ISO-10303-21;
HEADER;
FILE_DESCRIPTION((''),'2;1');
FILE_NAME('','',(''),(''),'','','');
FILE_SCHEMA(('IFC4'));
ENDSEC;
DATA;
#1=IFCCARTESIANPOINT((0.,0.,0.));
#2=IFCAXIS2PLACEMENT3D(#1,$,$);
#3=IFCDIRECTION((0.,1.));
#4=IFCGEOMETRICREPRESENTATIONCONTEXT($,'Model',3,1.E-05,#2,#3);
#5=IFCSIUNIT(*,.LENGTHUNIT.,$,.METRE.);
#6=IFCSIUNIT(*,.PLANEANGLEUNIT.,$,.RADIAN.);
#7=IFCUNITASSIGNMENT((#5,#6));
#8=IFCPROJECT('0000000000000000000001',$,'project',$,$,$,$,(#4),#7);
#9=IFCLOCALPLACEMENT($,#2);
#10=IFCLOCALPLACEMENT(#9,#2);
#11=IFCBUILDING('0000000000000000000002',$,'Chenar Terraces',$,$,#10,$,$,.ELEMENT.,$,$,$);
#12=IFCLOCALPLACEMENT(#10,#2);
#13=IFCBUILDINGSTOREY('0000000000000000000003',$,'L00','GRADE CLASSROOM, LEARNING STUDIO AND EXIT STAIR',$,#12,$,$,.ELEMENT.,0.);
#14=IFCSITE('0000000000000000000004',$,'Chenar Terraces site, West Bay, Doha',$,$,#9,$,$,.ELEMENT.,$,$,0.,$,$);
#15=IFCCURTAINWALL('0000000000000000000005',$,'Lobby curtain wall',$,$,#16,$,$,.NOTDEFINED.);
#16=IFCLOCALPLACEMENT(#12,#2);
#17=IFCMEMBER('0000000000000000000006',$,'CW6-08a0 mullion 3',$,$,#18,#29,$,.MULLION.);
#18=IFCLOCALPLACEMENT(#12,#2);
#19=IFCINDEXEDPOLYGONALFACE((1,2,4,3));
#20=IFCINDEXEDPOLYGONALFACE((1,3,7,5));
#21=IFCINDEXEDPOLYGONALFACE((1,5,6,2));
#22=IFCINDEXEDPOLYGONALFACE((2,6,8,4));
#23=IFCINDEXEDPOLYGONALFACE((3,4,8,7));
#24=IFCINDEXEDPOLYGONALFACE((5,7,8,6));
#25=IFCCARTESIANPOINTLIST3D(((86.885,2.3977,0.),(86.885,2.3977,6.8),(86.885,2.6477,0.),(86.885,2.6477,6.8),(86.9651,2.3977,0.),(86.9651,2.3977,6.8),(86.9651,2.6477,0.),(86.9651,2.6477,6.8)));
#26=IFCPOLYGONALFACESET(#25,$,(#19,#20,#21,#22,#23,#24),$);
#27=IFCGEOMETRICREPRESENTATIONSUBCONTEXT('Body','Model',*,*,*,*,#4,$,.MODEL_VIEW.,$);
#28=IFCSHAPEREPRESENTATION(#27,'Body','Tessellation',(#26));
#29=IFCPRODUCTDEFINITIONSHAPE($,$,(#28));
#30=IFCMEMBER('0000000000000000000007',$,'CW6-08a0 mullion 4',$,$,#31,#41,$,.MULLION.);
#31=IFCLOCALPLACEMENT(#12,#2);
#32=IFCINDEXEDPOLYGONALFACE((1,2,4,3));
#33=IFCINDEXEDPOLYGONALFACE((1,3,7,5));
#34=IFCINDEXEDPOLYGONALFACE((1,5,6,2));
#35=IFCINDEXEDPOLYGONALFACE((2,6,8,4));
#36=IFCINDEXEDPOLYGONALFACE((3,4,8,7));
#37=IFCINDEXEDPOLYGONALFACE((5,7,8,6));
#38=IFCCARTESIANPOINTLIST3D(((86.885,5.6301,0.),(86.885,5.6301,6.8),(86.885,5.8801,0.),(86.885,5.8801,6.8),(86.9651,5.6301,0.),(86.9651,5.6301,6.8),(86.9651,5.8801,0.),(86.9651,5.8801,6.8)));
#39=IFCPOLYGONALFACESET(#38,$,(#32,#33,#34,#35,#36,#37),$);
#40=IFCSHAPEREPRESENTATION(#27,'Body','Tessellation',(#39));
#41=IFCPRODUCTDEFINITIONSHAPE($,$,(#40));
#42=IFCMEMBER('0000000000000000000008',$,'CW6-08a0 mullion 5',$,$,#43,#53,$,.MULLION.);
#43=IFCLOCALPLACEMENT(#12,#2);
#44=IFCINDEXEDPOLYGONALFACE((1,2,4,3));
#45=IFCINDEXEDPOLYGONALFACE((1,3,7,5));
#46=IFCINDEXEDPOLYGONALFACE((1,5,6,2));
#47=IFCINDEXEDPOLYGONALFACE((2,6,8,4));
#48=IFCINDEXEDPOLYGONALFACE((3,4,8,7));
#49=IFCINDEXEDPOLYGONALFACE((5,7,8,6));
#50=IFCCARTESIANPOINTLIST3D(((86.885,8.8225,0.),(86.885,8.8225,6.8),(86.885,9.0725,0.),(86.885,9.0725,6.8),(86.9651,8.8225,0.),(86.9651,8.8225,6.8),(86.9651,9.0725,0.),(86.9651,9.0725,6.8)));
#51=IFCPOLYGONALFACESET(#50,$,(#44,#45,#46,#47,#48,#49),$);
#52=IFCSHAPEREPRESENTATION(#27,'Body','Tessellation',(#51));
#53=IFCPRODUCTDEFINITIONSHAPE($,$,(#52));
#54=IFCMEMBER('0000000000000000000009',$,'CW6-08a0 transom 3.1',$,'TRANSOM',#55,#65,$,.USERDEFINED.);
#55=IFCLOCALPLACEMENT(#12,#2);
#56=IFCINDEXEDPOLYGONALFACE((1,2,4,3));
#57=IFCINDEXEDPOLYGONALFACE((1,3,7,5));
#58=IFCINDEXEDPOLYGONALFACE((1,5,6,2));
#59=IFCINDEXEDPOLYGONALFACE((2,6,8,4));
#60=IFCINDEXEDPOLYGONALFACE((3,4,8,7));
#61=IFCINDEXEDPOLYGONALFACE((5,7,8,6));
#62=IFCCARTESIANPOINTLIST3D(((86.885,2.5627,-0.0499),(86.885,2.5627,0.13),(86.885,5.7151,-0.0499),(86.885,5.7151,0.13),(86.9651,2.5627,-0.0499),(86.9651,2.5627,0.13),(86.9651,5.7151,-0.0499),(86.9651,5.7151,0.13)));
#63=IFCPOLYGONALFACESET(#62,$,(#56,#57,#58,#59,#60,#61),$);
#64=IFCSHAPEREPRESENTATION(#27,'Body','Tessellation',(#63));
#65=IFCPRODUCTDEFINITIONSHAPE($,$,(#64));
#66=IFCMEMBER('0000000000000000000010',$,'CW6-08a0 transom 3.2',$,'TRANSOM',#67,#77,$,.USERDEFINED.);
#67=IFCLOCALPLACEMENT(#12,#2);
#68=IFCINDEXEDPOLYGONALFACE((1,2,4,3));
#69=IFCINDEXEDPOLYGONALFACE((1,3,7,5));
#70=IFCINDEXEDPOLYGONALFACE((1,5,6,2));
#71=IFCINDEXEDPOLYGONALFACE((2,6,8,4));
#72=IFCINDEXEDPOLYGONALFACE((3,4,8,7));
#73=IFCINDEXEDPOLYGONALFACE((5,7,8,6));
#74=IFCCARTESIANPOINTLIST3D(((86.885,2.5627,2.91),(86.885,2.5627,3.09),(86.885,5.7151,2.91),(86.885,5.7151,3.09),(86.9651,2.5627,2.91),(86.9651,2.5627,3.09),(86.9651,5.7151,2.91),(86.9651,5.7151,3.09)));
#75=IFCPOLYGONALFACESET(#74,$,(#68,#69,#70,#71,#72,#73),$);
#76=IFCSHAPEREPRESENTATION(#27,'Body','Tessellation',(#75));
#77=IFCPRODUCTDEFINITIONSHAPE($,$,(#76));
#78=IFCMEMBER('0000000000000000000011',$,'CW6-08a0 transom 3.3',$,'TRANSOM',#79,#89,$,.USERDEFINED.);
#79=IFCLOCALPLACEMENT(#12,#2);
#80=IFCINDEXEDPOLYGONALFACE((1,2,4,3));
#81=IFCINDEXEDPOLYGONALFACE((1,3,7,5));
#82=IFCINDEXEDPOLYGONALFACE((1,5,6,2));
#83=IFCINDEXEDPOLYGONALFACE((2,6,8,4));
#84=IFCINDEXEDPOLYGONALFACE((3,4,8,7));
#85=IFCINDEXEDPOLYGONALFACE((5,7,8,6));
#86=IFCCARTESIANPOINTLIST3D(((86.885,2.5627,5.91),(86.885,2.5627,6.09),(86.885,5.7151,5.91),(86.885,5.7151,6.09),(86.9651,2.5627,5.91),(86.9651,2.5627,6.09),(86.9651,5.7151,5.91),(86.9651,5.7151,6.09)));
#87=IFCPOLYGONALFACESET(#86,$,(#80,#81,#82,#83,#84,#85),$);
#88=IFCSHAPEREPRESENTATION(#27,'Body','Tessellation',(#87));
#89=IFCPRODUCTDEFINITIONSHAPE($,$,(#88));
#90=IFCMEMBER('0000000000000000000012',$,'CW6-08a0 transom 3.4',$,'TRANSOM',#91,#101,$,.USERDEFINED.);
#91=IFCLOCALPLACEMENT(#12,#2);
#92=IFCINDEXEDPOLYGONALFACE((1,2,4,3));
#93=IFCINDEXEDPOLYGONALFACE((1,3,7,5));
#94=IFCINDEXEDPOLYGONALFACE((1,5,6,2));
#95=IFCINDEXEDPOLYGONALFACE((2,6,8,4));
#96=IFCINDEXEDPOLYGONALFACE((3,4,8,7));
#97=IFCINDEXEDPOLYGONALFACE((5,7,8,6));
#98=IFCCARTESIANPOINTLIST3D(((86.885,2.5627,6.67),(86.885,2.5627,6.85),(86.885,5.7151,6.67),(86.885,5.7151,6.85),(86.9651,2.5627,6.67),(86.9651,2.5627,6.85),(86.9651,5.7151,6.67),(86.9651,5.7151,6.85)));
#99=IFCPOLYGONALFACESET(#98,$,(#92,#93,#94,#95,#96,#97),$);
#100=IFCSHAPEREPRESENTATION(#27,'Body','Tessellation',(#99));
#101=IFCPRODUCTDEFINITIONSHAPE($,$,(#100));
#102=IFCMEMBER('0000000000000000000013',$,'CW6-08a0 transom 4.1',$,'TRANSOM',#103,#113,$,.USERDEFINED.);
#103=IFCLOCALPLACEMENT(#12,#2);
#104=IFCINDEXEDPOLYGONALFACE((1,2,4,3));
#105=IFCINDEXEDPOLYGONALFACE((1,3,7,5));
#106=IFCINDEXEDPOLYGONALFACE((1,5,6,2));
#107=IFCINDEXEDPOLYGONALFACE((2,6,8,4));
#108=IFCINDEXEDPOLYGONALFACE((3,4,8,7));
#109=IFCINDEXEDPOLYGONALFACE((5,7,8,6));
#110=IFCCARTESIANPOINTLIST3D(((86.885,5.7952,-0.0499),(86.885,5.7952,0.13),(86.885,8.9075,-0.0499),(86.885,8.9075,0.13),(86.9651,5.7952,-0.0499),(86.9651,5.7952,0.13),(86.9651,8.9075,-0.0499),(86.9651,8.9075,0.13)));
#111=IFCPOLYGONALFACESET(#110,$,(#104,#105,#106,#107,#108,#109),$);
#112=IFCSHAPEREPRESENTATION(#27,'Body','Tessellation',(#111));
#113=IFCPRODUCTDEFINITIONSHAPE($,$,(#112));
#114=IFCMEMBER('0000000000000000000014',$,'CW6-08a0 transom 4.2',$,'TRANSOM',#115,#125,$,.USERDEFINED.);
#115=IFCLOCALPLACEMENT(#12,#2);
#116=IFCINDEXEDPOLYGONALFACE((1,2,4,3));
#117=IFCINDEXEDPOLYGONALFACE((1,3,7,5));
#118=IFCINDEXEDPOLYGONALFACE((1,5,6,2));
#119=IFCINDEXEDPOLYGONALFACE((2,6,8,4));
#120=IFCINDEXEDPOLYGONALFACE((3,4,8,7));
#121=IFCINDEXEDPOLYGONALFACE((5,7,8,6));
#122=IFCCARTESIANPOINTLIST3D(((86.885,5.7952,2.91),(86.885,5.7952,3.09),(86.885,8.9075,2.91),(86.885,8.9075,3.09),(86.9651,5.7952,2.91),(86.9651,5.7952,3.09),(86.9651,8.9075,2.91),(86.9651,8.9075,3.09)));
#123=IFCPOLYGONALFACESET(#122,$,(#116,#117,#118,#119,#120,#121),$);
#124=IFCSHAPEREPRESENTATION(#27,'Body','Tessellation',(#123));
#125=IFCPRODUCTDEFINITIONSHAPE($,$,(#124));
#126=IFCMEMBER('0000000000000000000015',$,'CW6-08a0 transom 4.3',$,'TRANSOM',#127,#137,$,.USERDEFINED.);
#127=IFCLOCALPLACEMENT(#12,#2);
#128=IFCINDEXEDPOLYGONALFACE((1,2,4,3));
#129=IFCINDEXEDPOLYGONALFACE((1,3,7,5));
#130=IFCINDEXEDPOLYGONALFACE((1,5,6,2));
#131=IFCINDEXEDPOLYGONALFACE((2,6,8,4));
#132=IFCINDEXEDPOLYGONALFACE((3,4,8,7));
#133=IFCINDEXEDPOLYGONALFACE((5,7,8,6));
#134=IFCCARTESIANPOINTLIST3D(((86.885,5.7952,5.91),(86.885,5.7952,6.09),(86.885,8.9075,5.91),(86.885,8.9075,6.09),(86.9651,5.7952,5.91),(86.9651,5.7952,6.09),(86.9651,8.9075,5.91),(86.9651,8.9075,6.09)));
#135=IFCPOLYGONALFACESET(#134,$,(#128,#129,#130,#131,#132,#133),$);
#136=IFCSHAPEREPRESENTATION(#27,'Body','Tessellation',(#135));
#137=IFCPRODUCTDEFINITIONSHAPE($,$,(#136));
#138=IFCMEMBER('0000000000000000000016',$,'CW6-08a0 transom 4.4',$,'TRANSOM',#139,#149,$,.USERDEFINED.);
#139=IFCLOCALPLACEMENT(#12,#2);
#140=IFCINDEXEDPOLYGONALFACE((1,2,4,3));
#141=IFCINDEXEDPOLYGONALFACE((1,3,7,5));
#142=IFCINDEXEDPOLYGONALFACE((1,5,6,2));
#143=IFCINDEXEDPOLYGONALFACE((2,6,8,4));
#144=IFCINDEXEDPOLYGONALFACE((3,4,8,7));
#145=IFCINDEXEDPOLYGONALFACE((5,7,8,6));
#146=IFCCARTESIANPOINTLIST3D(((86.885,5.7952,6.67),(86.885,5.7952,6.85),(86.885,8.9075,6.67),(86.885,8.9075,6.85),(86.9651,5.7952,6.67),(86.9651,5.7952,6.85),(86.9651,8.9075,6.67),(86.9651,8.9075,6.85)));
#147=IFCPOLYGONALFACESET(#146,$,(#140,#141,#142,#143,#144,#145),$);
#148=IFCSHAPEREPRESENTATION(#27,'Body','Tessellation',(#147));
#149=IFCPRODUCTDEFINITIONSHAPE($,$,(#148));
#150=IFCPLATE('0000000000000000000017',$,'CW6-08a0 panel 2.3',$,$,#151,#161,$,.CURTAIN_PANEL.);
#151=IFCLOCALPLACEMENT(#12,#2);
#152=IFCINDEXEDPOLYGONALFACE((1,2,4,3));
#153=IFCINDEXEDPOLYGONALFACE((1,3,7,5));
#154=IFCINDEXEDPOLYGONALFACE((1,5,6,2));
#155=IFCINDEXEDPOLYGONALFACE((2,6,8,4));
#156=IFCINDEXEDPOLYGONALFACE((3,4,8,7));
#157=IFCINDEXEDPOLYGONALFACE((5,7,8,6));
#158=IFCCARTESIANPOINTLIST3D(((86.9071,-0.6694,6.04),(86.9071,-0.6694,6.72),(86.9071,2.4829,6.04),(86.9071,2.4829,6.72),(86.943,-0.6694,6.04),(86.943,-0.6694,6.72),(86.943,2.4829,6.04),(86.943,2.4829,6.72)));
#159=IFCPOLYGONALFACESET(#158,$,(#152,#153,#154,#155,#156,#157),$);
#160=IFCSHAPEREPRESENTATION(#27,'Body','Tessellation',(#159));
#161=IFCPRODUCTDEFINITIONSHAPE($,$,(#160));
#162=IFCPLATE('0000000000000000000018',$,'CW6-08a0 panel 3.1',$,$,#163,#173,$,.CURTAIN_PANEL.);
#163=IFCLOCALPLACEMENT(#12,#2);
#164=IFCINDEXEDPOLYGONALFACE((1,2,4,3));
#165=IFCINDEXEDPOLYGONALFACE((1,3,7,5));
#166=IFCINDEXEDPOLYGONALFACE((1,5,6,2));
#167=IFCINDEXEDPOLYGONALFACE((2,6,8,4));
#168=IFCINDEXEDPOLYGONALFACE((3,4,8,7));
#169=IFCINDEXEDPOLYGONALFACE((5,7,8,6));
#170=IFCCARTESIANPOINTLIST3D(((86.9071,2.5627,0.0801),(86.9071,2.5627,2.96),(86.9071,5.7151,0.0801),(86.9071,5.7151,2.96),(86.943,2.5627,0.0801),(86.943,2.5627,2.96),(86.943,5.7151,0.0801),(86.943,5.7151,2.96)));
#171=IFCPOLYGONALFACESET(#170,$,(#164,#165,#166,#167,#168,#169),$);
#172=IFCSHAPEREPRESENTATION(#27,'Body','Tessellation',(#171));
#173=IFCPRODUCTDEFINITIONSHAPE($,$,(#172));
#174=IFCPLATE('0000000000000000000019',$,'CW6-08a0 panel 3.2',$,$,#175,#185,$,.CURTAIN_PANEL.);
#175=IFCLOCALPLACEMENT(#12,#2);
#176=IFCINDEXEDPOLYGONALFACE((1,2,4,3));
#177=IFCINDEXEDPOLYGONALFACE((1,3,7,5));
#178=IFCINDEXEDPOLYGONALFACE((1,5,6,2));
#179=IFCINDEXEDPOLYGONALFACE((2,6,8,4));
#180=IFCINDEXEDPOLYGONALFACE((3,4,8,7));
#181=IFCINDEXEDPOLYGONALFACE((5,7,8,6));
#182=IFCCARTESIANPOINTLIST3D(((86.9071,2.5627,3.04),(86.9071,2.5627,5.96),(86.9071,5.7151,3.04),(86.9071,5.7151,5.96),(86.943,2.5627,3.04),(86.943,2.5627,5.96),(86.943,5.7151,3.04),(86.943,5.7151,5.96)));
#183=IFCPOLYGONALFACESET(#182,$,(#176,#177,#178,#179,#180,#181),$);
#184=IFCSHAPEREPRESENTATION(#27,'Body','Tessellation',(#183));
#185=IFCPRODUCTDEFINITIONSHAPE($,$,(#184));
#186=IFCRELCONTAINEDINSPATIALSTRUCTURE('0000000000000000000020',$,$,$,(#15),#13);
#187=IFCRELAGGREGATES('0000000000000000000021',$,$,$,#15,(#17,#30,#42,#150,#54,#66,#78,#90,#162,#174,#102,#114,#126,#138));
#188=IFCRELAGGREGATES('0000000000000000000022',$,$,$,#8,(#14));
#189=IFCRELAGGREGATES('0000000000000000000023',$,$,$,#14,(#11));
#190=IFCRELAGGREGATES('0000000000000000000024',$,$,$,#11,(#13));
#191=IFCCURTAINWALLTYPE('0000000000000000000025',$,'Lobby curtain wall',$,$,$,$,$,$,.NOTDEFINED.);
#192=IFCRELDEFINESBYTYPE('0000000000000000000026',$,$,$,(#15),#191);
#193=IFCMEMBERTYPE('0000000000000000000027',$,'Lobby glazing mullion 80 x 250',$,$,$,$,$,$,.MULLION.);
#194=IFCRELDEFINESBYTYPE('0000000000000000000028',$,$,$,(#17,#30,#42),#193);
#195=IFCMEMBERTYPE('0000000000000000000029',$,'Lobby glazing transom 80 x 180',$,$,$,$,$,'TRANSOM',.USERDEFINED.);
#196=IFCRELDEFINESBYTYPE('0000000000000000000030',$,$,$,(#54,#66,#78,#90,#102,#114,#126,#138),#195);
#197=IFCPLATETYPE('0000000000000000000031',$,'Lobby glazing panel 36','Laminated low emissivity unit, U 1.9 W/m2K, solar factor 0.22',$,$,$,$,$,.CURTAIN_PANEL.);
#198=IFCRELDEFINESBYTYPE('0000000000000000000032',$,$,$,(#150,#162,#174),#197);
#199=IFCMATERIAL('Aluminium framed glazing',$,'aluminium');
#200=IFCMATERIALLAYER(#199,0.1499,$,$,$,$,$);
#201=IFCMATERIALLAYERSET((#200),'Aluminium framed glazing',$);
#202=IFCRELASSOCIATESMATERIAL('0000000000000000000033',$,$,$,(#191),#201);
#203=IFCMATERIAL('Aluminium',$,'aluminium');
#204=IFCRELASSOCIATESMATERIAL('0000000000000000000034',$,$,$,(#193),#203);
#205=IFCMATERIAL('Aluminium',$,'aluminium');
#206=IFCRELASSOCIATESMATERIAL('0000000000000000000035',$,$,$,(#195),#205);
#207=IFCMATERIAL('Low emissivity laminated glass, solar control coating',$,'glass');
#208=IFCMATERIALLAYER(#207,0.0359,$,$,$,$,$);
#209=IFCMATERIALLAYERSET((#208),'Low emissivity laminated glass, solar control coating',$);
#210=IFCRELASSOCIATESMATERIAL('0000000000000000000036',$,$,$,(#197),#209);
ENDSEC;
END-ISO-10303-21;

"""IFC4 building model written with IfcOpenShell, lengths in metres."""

from ifc_helpers import new_model, si_unit, direction, frame, origin, origin_2d, place, context, subcontext, project, spatial, rectangle, extrude, material, layer, layer_set, material_profile, profile_set, type_object, element, aggregate, save


model = new_model("IFC4")

# Units and contexts
model_context = context("Model", 3, precision=1e-05, world=origin(), true_north=direction((0.0, 1.0)))
body_context = subcontext(model_context, "Body", "Model", "MODEL_VIEW")
ifc_project = project(units=[si_unit("LENGTHUNIT", "METRE"), si_unit("PLANEANGLEUNIT", "RADIAN")], contexts=[model_context])

# Site, building, storey
site_placement = place(None, origin())
site = spatial("IfcSite", under=ifc_project, at=site_placement, Name="Chenar Terraces site, West Bay, Doha", CompositionType="ELEMENT", RefElevation=0.0)
building_placement = place(site_placement, origin())
building = spatial("IfcBuilding", under=site, at=building_placement, Name="Chenar Terraces", CompositionType="ELEMENT")
storey_placement = place(building_placement, origin())
storey = spatial("IfcBuildingStorey", under=building, at=storey_placement, Name="L00", Description="GRADE CLASSROOM, LEARNING STUDIO AND EXIT STAIR", CompositionType="ELEMENT", Elevation=0.0)

# Curtain wall, members, plates
ifc_material_1 = material(Name="Aluminium framed glazing", Category="aluminium")
ifc_layer_1 = layer(ifc_material_1, 0.1499)
ifc_layer_set_1 = layer_set([ifc_layer_1], Name="Aluminium framed glazing")
curtain_wall_type = type_object("IfcCurtainWallType", Name="Lobby curtain wall", PredefinedType="NOTDEFINED", material=ifc_layer_set_1)
curtain_wall_placement = place(storey_placement, origin())
curtain_wall = element("IfcCurtainWall", 1, at=curtain_wall_placement, inside=storey, type_object=curtain_wall_type, Name="Lobby curtain wall", PredefinedType="NOTDEFINED")
ifc_material_2 = material(Name="Aluminium", Category="aluminium")
ifc_material_profile_1 = material_profile(ifc_material_2, rectangle(XDim=0.0801, YDim=0.25, at=origin_2d()), Name="Lobby glazing mullion 80 x 250")
ifc_profile_set_1 = profile_set([ifc_material_profile_1], Name="Aluminium")
member_type_1 = type_object("IfcMemberType", Name="Lobby glazing mullion 80 x 250", PredefinedType="MULLION", material=ifc_profile_set_1)
member_1_placement = place(storey_placement, frame((86.925, 2.5227, 0.0), z_axis=(0.0, 0.0, 1.0), x_axis=(-1.0, 0.0, 0.0)))
member_1 = element("IfcMember", 2, at=member_1_placement, type_object=member_type_1, Name="CW6-08a0 mullion 3", PredefinedType="MULLION", context=body_context, shape_type="SweptSolid", body=[
    extrude(rectangle(XDim=0.0801, YDim=0.25, at=origin_2d()), origin(), (0.0, 0.0, 1.0), 6.8),
])
member_2_placement = place(storey_placement, frame((86.925, 5.7551, 0.0), z_axis=(0.0, 0.0, 1.0), x_axis=(-1.0, 0.0, 0.0)))
member_2 = element("IfcMember", 3, at=member_2_placement, type_object=member_type_1, Name="CW6-08a0 mullion 4", PredefinedType="MULLION", context=body_context, shape_type="SweptSolid", body=[
    extrude(rectangle(XDim=0.0801, YDim=0.25, at=origin_2d()), origin(), (0.0, 0.0, 1.0), 6.8),
])
member_3_placement = place(storey_placement, frame((86.925, 8.9475, 0.0), z_axis=(0.0, 0.0, 1.0), x_axis=(-1.0, 0.0, 0.0)))
member_3 = element("IfcMember", 4, at=member_3_placement, type_object=member_type_1, Name="CW6-08a0 mullion 5", PredefinedType="MULLION", context=body_context, shape_type="SweptSolid", body=[
    extrude(rectangle(XDim=0.0801, YDim=0.25, at=origin_2d()), origin(), (0.0, 0.0, 1.0), 6.8),
])
ifc_material_3 = material(Name="Aluminium", Category="aluminium")
ifc_material_profile_2 = material_profile(ifc_material_3, rectangle(XDim=0.0801, YDim=0.1799, at=origin_2d()), Name="Lobby glazing transom 80 x 180")
ifc_profile_set_2 = profile_set([ifc_material_profile_2], Name="Aluminium")
member_type_2 = type_object("IfcMemberType", Name="Lobby glazing transom 80 x 180", ElementType="TRANSOM", PredefinedType="USERDEFINED", material=ifc_profile_set_2)
member_4_placement = place(storey_placement, frame((86.925, 2.5627, 0.04), z_axis=(0.0, 1.0, 0.0), x_axis=(-1.0, 0.0, 0.0)))
member_4 = element("IfcMember", 5, at=member_4_placement, type_object=member_type_2, Name="CW6-08a0 transom 3.1", ObjectType="TRANSOM", PredefinedType="USERDEFINED", context=body_context, shape_type="SweptSolid", body=[
    extrude(rectangle(XDim=0.0801, YDim=0.1799, at=origin_2d()), origin(), (0.0, 0.0, 1.0), 3.1523),
])
member_5_placement = place(storey_placement, frame((86.925, 2.5627, 3.0), z_axis=(0.0, 1.0, 0.0), x_axis=(-1.0, 0.0, 0.0)))
member_5 = element("IfcMember", 6, at=member_5_placement, type_object=member_type_2, Name="CW6-08a0 transom 3.2", ObjectType="TRANSOM", PredefinedType="USERDEFINED", context=body_context, shape_type="SweptSolid", body=[
    extrude(rectangle(XDim=0.0801, YDim=0.1799, at=origin_2d()), origin(), (0.0, 0.0, 1.0), 3.1523),
])
member_6_placement = place(storey_placement, frame((86.925, 2.5627, 6.0), z_axis=(0.0, 1.0, 0.0), x_axis=(-1.0, 0.0, 0.0)))
member_6 = element("IfcMember", 7, at=member_6_placement, type_object=member_type_2, Name="CW6-08a0 transom 3.3", ObjectType="TRANSOM", PredefinedType="USERDEFINED", context=body_context, shape_type="SweptSolid", body=[
    extrude(rectangle(XDim=0.0801, YDim=0.1799, at=origin_2d()), origin(), (0.0, 0.0, 1.0), 3.1523),
])
member_7_placement = place(storey_placement, frame((86.925, 2.5627, 6.76), z_axis=(0.0, 1.0, 0.0), x_axis=(-1.0, 0.0, 0.0)))
member_7 = element("IfcMember", 8, at=member_7_placement, type_object=member_type_2, Name="CW6-08a0 transom 3.4", ObjectType="TRANSOM", PredefinedType="USERDEFINED", context=body_context, shape_type="SweptSolid", body=[
    extrude(rectangle(XDim=0.0801, YDim=0.1799, at=origin_2d()), origin(), (0.0, 0.0, 1.0), 3.1523),
])
member_8_placement = place(storey_placement, frame((86.925, 5.7952, 0.04), z_axis=(0.0, 1.0, 0.0), x_axis=(-1.0, 0.0, 0.0)))
member_8 = element("IfcMember", 9, at=member_8_placement, type_object=member_type_2, Name="CW6-08a0 transom 4.1", ObjectType="TRANSOM", PredefinedType="USERDEFINED", context=body_context, shape_type="SweptSolid", body=[
    extrude(rectangle(XDim=0.0801, YDim=0.1799, at=origin_2d()), origin(), (0.0, 0.0, 1.0), 3.1123),
])
member_9_placement = place(storey_placement, frame((86.925, 5.7952, 3.0), z_axis=(0.0, 1.0, 0.0), x_axis=(-1.0, 0.0, 0.0)))
member_9 = element("IfcMember", 10, at=member_9_placement, type_object=member_type_2, Name="CW6-08a0 transom 4.2", ObjectType="TRANSOM", PredefinedType="USERDEFINED", context=body_context, shape_type="SweptSolid", body=[
    extrude(rectangle(XDim=0.0801, YDim=0.1799, at=origin_2d()), origin(), (0.0, 0.0, 1.0), 3.1123),
])
member_10_placement = place(storey_placement, frame((86.925, 5.7952, 6.0), z_axis=(0.0, 1.0, 0.0), x_axis=(-1.0, 0.0, 0.0)))
member_10 = element("IfcMember", 11, at=member_10_placement, type_object=member_type_2, Name="CW6-08a0 transom 4.3", ObjectType="TRANSOM", PredefinedType="USERDEFINED", context=body_context, shape_type="SweptSolid", body=[
    extrude(rectangle(XDim=0.0801, YDim=0.1799, at=origin_2d()), origin(), (0.0, 0.0, 1.0), 3.1123),
])
member_11_placement = place(storey_placement, frame((86.925, 5.7952, 6.76), z_axis=(0.0, 1.0, 0.0), x_axis=(-1.0, 0.0, 0.0)))
member_11 = element("IfcMember", 12, at=member_11_placement, type_object=member_type_2, Name="CW6-08a0 transom 4.4", ObjectType="TRANSOM", PredefinedType="USERDEFINED", context=body_context, shape_type="SweptSolid", body=[
    extrude(rectangle(XDim=0.0801, YDim=0.1799, at=origin_2d()), origin(), (0.0, 0.0, 1.0), 3.1123),
])
ifc_material_4 = material(Name="Low emissivity laminated glass, solar control coating", Category="glass")
ifc_layer_2 = layer(ifc_material_4, 0.0359)
ifc_layer_set_2 = layer_set([ifc_layer_2], Name="Low emissivity laminated glass, solar control coating")
plate_type = type_object("IfcPlateType", Name="Lobby glazing panel 36", Description="Laminated low emissivity unit, U 1.9 W/m2K, solar factor 0.22", PredefinedType="CURTAIN_PANEL", material=ifc_layer_set_2)
plate_1_placement = place(storey_placement, frame((86.925, 0.9067, 6.04), z_axis=(0.0, 0.0, 1.0), x_axis=(0.0, 1.0, 0.0)))
plate_1 = element("IfcPlate", 13, at=plate_1_placement, type_object=plate_type, Name="CW6-08a0 panel 2.3", PredefinedType="CURTAIN_PANEL", context=body_context, shape_type="SweptSolid", body=[
    extrude(rectangle(XDim=3.1523, YDim=0.0359, at=origin_2d()), origin(), (0.0, 0.0, 1.0), 0.6799),
])
plate_2_placement = place(storey_placement, frame((86.925, 4.1389, 0.0801), z_axis=(0.0, 0.0, 1.0), x_axis=(0.0, 1.0, 0.0)))
plate_2 = element("IfcPlate", 14, at=plate_2_placement, type_object=plate_type, Name="CW6-08a0 panel 3.1", PredefinedType="CURTAIN_PANEL", context=body_context, shape_type="SweptSolid", body=[
    extrude(rectangle(XDim=3.1523, YDim=0.0359, at=origin_2d()), origin(), (0.0, 0.0, 1.0), 2.8799),
])
plate_3_placement = place(storey_placement, frame((86.925, 4.1389, 3.04), z_axis=(0.0, 0.0, 1.0), x_axis=(0.0, 1.0, 0.0)))
plate_3 = element("IfcPlate", 15, at=plate_3_placement, type_object=plate_type, Name="CW6-08a0 panel 3.2", PredefinedType="CURTAIN_PANEL", context=body_context, shape_type="SweptSolid", body=[
    extrude(rectangle(XDim=3.1523, YDim=0.0359, at=origin_2d()), origin(), (0.0, 0.0, 1.0), 2.9199),
])
aggregate(curtain_wall, [member_1, member_2, member_3, plate_1, member_4, member_5, member_6, member_7, plate_2, plate_3, member_8, member_9, member_10, member_11])

save(model, "model.ifc")
